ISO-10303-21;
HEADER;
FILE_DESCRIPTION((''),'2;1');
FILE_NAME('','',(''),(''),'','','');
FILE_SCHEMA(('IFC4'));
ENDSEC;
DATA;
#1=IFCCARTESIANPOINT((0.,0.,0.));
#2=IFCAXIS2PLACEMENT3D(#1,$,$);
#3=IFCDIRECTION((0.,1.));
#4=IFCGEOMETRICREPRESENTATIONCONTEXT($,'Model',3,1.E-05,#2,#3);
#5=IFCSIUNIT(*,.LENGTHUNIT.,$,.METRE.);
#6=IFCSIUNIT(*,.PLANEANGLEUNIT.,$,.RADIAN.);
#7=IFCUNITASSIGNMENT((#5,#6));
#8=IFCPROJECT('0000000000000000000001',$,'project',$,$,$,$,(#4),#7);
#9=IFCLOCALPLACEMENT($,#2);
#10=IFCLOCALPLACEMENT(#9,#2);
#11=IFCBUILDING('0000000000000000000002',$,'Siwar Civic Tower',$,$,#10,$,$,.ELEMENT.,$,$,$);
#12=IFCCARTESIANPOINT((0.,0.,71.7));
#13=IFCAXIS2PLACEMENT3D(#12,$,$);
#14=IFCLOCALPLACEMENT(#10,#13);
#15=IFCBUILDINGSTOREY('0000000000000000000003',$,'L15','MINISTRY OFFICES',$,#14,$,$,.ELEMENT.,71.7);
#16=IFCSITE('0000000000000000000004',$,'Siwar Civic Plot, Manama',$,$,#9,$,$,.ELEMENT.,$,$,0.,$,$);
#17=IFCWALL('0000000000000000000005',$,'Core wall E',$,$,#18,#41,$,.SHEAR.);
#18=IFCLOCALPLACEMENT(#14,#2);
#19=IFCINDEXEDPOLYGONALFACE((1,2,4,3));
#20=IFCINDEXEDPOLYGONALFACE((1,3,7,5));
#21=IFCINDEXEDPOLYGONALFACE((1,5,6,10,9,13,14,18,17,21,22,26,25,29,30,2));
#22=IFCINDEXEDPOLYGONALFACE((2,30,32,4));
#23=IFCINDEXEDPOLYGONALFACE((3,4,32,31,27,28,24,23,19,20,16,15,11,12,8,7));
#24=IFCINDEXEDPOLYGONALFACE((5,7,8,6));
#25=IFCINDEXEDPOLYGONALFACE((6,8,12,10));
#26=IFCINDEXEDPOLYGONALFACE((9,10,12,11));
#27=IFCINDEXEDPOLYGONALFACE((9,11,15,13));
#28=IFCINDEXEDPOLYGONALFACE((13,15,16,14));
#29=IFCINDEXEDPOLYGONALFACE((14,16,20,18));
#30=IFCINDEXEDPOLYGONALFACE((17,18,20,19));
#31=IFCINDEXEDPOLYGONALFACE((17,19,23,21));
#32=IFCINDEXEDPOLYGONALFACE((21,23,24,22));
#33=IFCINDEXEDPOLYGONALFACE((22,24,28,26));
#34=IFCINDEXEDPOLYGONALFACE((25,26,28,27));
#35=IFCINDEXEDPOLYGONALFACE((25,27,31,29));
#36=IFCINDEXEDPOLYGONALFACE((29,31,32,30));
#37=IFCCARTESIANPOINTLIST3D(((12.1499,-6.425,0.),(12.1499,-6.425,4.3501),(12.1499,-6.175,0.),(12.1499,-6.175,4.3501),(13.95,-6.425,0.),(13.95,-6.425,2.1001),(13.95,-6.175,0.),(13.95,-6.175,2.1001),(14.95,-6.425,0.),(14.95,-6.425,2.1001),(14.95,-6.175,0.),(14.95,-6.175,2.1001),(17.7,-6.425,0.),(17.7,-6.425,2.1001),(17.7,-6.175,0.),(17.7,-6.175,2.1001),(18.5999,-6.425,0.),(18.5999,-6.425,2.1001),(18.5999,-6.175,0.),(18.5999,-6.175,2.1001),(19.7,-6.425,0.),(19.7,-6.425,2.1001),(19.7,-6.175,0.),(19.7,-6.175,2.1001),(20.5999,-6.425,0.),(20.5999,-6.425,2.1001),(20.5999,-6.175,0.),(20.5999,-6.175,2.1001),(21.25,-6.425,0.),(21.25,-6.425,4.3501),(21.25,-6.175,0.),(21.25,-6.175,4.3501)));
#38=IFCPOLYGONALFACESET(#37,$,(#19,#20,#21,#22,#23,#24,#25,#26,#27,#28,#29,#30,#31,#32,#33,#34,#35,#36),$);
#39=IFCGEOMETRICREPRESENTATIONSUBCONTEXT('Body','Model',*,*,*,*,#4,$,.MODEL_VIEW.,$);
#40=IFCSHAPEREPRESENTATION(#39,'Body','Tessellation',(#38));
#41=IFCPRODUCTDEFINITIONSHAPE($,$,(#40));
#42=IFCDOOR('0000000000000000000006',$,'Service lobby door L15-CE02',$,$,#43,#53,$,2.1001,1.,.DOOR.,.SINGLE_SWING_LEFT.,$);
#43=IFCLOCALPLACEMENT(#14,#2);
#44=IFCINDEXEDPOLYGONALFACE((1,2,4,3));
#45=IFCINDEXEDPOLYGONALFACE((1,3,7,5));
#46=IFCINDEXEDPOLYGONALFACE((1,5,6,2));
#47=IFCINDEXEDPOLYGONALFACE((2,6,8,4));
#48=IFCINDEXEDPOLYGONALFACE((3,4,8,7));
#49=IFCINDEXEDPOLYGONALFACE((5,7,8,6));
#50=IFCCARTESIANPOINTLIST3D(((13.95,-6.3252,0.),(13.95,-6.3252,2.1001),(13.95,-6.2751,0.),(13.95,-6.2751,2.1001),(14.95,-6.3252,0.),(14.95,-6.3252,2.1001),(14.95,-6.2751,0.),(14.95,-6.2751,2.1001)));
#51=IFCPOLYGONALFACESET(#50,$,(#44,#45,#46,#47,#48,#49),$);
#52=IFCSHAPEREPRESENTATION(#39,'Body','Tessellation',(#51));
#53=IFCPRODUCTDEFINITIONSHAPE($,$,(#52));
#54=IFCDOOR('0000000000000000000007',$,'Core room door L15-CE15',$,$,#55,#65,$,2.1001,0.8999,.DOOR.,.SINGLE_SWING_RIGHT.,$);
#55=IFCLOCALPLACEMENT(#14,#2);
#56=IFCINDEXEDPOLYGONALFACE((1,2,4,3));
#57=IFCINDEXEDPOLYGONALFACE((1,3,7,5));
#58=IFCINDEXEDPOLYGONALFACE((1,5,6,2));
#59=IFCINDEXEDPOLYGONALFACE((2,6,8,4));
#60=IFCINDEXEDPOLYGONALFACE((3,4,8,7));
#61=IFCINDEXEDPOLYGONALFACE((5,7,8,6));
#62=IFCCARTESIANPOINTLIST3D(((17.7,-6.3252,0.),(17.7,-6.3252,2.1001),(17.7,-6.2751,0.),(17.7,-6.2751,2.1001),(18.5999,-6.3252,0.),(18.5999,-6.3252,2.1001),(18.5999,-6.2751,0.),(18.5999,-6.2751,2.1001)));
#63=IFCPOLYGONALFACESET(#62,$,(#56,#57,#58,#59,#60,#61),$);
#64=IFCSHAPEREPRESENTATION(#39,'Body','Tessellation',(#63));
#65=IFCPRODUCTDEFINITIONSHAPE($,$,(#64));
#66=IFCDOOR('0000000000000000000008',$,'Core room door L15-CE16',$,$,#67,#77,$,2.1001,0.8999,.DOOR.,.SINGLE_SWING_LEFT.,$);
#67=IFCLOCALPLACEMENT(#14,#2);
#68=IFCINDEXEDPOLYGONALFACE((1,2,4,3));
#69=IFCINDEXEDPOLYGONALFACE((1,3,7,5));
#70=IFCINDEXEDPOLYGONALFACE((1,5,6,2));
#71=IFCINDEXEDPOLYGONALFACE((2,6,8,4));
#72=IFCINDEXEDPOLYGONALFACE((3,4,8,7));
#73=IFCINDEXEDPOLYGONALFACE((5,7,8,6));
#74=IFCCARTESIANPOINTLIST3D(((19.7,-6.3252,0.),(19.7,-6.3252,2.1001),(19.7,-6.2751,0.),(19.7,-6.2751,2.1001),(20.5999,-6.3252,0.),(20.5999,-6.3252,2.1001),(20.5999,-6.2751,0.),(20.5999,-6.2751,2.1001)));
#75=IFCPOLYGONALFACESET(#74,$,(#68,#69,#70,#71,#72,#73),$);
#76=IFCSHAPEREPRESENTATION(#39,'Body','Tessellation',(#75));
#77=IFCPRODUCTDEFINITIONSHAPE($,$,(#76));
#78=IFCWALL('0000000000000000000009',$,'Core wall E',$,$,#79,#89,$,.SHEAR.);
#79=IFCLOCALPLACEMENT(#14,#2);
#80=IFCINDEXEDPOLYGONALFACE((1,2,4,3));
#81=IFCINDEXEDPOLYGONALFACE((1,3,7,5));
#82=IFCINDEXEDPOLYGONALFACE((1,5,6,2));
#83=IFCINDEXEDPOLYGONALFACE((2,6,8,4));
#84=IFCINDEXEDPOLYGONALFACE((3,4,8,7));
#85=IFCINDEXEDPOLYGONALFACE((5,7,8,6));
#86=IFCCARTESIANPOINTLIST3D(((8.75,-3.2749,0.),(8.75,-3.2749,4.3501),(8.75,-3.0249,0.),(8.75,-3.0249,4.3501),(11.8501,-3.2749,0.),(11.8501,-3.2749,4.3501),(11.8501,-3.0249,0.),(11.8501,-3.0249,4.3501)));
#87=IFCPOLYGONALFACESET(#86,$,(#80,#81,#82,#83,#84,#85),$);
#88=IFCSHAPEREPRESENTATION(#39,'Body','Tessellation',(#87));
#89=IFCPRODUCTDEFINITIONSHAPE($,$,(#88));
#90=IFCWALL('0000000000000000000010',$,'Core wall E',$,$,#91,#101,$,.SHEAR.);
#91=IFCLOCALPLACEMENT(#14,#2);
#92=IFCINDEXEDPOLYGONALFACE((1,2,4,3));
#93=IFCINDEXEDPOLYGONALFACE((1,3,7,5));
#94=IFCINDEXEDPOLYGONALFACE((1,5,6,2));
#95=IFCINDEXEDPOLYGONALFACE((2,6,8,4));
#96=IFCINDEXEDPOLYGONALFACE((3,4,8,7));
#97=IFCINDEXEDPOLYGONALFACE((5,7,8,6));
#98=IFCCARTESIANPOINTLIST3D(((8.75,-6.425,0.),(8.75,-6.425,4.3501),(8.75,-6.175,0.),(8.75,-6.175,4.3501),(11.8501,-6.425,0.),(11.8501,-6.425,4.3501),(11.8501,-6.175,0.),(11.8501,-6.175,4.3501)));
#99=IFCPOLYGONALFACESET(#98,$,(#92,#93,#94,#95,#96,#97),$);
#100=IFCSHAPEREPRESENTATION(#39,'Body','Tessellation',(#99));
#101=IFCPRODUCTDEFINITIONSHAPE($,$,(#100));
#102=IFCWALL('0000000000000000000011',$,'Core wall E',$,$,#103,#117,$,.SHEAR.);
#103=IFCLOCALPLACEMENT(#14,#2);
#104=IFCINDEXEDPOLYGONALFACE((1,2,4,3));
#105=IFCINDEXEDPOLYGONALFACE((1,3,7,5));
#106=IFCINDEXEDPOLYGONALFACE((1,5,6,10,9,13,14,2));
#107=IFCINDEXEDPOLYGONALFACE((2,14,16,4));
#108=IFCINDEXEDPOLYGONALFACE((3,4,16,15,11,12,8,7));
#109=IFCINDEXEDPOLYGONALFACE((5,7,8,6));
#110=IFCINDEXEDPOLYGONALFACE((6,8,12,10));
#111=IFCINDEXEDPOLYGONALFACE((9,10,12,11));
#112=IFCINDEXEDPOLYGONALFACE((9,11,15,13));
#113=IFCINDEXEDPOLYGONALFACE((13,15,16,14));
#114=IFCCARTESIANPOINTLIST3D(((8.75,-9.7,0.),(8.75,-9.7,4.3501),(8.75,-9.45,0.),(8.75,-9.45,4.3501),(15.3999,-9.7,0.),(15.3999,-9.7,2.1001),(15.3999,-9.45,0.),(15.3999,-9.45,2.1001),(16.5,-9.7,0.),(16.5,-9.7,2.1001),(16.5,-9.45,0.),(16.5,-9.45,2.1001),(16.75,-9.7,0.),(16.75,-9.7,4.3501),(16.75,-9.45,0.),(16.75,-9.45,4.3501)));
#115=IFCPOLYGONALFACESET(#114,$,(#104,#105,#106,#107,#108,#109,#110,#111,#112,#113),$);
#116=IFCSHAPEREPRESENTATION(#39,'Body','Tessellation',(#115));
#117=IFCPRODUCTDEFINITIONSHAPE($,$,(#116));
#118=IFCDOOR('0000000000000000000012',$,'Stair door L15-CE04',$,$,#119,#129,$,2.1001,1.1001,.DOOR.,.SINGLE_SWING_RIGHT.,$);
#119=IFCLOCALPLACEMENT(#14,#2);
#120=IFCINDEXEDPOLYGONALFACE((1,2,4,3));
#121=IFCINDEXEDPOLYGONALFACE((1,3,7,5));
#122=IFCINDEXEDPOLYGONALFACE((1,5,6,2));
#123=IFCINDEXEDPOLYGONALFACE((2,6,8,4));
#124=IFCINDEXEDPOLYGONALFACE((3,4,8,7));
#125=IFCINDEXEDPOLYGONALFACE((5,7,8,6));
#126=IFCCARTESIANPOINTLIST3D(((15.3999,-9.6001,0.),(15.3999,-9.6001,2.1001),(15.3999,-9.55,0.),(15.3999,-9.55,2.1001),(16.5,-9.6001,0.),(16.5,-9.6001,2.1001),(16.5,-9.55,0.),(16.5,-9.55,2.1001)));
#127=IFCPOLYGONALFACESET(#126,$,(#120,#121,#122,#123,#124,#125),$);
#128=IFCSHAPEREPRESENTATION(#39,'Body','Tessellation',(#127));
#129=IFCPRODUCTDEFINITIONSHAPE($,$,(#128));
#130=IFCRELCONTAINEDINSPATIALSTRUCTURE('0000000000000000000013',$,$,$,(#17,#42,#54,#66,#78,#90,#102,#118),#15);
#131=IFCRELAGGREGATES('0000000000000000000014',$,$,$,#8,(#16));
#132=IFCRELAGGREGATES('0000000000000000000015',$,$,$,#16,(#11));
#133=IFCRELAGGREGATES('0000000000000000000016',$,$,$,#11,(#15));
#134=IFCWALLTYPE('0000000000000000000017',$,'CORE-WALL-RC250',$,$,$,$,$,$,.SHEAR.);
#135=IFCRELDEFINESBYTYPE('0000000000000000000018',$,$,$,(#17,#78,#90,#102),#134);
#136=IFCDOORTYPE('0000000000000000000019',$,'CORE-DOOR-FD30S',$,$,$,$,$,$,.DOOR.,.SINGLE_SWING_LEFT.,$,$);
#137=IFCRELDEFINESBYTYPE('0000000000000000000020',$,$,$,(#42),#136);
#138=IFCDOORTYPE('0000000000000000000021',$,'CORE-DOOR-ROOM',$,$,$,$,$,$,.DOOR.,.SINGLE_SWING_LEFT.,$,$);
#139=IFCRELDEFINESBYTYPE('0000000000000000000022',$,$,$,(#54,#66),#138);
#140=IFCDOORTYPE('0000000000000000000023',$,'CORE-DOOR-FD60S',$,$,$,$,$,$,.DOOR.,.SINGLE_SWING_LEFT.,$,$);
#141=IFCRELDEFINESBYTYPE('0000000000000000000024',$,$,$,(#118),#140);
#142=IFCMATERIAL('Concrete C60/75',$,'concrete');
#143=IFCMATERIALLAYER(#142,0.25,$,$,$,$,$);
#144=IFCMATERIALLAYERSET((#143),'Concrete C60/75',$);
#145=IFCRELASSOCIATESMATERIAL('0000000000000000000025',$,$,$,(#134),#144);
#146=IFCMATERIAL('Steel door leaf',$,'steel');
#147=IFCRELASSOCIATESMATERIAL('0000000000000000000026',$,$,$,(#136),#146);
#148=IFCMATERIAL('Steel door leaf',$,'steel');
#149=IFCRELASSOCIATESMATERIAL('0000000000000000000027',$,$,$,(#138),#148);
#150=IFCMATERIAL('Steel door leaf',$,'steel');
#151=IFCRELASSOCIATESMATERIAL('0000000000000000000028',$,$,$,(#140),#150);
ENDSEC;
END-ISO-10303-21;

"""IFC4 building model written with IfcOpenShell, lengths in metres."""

from ifc_helpers import new_model, si_unit, direction, frame, frame_2d, origin, place, context, subcontext, project, spatial, rectangle, extrude, material, layer, layer_set, type_object, element, fill, save


model = new_model("IFC4")

# Units and contexts
model_context = context("Model", 3, precision=1e-05, world=origin(), true_north=direction((0.0, 1.0)))
body_context = subcontext(model_context, "Body", "Model", "MODEL_VIEW")
ifc_project = project(units=[si_unit("LENGTHUNIT", "METRE"), si_unit("PLANEANGLEUNIT", "RADIAN")], contexts=[model_context])

# Site, building, storey
site_placement = place(None, origin())
site = spatial("IfcSite", under=ifc_project, at=site_placement, Name="Siwar Civic Plot, Manama", CompositionType="ELEMENT", RefElevation=0.0)
building_placement = place(site_placement, origin())
building = spatial("IfcBuilding", under=site, at=building_placement, Name="Siwar Civic Tower", CompositionType="ELEMENT")
storey_placement = place(building_placement, frame((0.0, 0.0, 71.7)))
storey = spatial("IfcBuildingStorey", under=building, at=storey_placement, Name="L15", Description="MINISTRY OFFICES", CompositionType="ELEMENT", Elevation=71.7)

# Wall, openings, doors
ifc_material_1 = material(Name="Concrete C60/75", Category="concrete")
ifc_layer_1 = layer(ifc_material_1, 0.25)
ifc_layer_set_1 = layer_set([ifc_layer_1], Name="Concrete C60/75")
wall_type_1 = type_object("IfcWallType", Name="CORE-WALL-RC250", PredefinedType="SHEAR", material=ifc_layer_set_1)
wall_1_placement = place(storey_placement, frame((12.1499, -6.3, 0.0), z_axis=(0.0, 0.0, 1.0), x_axis=(1.0, 0.0, 0.0)))
wall_1 = element("IfcWall", 1, at=wall_1_placement, inside=storey, type_object=wall_type_1, Name="Core wall E", PredefinedType="SHEAR", context=body_context, shape_type="SweptSolid", body=[
    extrude(rectangle(XDim=9.1001, YDim=0.25, at=frame_2d((4.55, 0.0))), origin(), (0.0, 0.0, 1.0), 4.3501),
])
opening_1_placement = place(wall_1_placement, frame((1.8, 0.0, 0.0)))
opening_1 = element("IfcOpeningElement", 2, at=opening_1_placement, cuts=wall_1, PredefinedType="OPENING", context=body_context, shape_type="SweptSolid", body=[
    extrude(rectangle(XDim=1.0, YDim=2.1001, at=frame_2d((0.5, 1.05))), frame((0.0, 0.135, 0.0), z_axis=(0.0, -1.0, 0.0), x_axis=(1.0, 0.0, 0.0)), (0.0, 0.0, 1.0), 0.27),
])
opening_2_placement = place(wall_1_placement, frame((5.55, 0.0, 0.0)))
opening_2 = element("IfcOpeningElement", 3, at=opening_2_placement, cuts=wall_1, PredefinedType="OPENING", context=body_context, shape_type="SweptSolid", body=[
    extrude(rectangle(XDim=0.8999, YDim=2.1001, at=frame_2d((0.45, 1.05))), frame((0.0, 0.135, 0.0), z_axis=(0.0, -1.0, 0.0), x_axis=(1.0, 0.0, 0.0)), (0.0, 0.0, 1.0), 0.27),
])
opening_3_placement = place(wall_1_placement, frame((7.55, 0.0, 0.0)))
opening_3 = element("IfcOpeningElement", 4, at=opening_3_placement, cuts=wall_1, PredefinedType="OPENING", context=body_context, shape_type="SweptSolid", body=[
    extrude(rectangle(XDim=0.8999, YDim=2.1001, at=frame_2d((0.45, 1.05))), frame((0.0, 0.135, 0.0), z_axis=(0.0, -1.0, 0.0), x_axis=(1.0, 0.0, 0.0)), (0.0, 0.0, 1.0), 0.27),
])
ifc_material_2 = material(Name="Steel door leaf", Category="steel")
door_type_1 = type_object("IfcDoorType", Name="CORE-DOOR-FD30S", OperationType="SINGLE_SWING_LEFT", PredefinedType="DOOR", material=ifc_material_2)
door_1_placement = place(opening_1_placement, origin())
door_1 = element("IfcDoor", 5, at=door_1_placement, inside=storey, type_object=door_type_1, Name="Service lobby door L15-CE02", OperationType="SINGLE_SWING_LEFT", OverallHeight=2.1001, OverallWidth=1.0, PredefinedType="DOOR", context=body_context, shape_type="SweptSolid", body=[
    extrude(rectangle(XDim=1.0, YDim=2.1001, at=frame_2d((0.5, 1.05))), frame((0.0, 0.0249, 0.0), z_axis=(0.0, -1.0, 0.0), x_axis=(1.0, 0.0, 0.0)), (0.0, 0.0, 1.0), 0.05),
])
fill(opening_1, door_1)
ifc_material_3 = material(Name="Steel door leaf", Category="steel")
door_type_2 = type_object("IfcDoorType", Name="CORE-DOOR-ROOM", OperationType="SINGLE_SWING_LEFT", PredefinedType="DOOR", material=ifc_material_3)
door_2_placement = place(opening_2_placement, origin())
door_2 = element("IfcDoor", 6, at=door_2_placement, inside=storey, type_object=door_type_2, Name="Core room door L15-CE15", OperationType="SINGLE_SWING_RIGHT", OverallHeight=2.1001, OverallWidth=0.8999, PredefinedType="DOOR", context=body_context, shape_type="SweptSolid", body=[
    extrude(rectangle(XDim=0.8999, YDim=2.1001, at=frame_2d((0.45, 1.05))), frame((0.0, 0.0249, 0.0), z_axis=(0.0, -1.0, 0.0), x_axis=(1.0, 0.0, 0.0)), (0.0, 0.0, 1.0), 0.05),
])
fill(opening_2, door_2)
door_3_placement = place(opening_3_placement, origin())
door_3 = element("IfcDoor", 7, at=door_3_placement, inside=storey, type_object=door_type_2, Name="Core room door L15-CE16", OperationType="SINGLE_SWING_LEFT", OverallHeight=2.1001, OverallWidth=0.8999, PredefinedType="DOOR", context=body_context, shape_type="SweptSolid", body=[
    extrude(rectangle(XDim=0.8999, YDim=2.1001, at=frame_2d((0.45, 1.05))), frame((0.0, 0.0249, 0.0), z_axis=(0.0, -1.0, 0.0), x_axis=(1.0, 0.0, 0.0)), (0.0, 0.0, 1.0), 0.05),
])
fill(opening_3, door_3)

# Walls
for number, where, z_axis, x_axis, name in (
    (8, (8.75, -3.1499, 0.0), (0.0, 0.0, 1.0), (1.0, 0.0, 0.0), "Core wall E"),
    (9, (8.75, -6.3, 0.0), (0.0, 0.0, 1.0), (1.0, 0.0, 0.0), "Core wall E"),
):
    element("IfcWall", number, at=place(storey_placement, frame(where, z_axis=z_axis, x_axis=x_axis)), inside=storey, type_object=wall_type_1, Name=name, PredefinedType="SHEAR", context=body_context, shape_type="SweptSolid", body=[
        extrude(rectangle(XDim=3.1001, YDim=0.25, at=frame_2d((1.55, 0.0))), origin(), (0.0, 0.0, 1.0), 4.3501),
    ])

# Wall, opening, door
wall_2_placement = place(storey_placement, frame((8.75, -9.575, 0.0), z_axis=(0.0, 0.0, 1.0), x_axis=(1.0, 0.0, 0.0)))
wall_2 = element("IfcWall", 10, at=wall_2_placement, inside=storey, type_object=wall_type_1, Name="Core wall E", PredefinedType="SHEAR", context=body_context, shape_type="SweptSolid", body=[
    extrude(rectangle(XDim=8.0, YDim=0.25, at=frame_2d((4.0, 0.0))), origin(), (0.0, 0.0, 1.0), 4.3501),
])
opening_4_placement = place(wall_2_placement, frame((6.6499, 0.0, 0.0)))
opening_4 = element("IfcOpeningElement", 11, at=opening_4_placement, cuts=wall_2, PredefinedType="OPENING", context=body_context, shape_type="SweptSolid", body=[
    extrude(rectangle(XDim=1.1001, YDim=2.1001, at=frame_2d((0.55, 1.05))), frame((0.0, 0.135, 0.0), z_axis=(0.0, -1.0, 0.0), x_axis=(1.0, 0.0, 0.0)), (0.0, 0.0, 1.0), 0.27),
])
ifc_material_4 = material(Name="Steel door leaf", Category="steel")
door_type_3 = type_object("IfcDoorType", Name="CORE-DOOR-FD60S", OperationType="SINGLE_SWING_LEFT", PredefinedType="DOOR", material=ifc_material_4)
door_4_placement = place(opening_4_placement, origin())
door_4 = element("IfcDoor", 12, at=door_4_placement, inside=storey, type_object=door_type_3, Name="Stair door L15-CE04", OperationType="SINGLE_SWING_RIGHT", OverallHeight=2.1001, OverallWidth=1.1001, PredefinedType="DOOR", context=body_context, shape_type="SweptSolid", body=[
    extrude(rectangle(XDim=1.1001, YDim=2.1001, at=frame_2d((0.55, 1.05))), frame((0.0, 0.0249, 0.0), z_axis=(0.0, -1.0, 0.0), x_axis=(1.0, 0.0, 0.0)), (0.0, 0.0, 1.0), 0.05),
])
fill(opening_4, door_4)

save(model, "model.ifc")
